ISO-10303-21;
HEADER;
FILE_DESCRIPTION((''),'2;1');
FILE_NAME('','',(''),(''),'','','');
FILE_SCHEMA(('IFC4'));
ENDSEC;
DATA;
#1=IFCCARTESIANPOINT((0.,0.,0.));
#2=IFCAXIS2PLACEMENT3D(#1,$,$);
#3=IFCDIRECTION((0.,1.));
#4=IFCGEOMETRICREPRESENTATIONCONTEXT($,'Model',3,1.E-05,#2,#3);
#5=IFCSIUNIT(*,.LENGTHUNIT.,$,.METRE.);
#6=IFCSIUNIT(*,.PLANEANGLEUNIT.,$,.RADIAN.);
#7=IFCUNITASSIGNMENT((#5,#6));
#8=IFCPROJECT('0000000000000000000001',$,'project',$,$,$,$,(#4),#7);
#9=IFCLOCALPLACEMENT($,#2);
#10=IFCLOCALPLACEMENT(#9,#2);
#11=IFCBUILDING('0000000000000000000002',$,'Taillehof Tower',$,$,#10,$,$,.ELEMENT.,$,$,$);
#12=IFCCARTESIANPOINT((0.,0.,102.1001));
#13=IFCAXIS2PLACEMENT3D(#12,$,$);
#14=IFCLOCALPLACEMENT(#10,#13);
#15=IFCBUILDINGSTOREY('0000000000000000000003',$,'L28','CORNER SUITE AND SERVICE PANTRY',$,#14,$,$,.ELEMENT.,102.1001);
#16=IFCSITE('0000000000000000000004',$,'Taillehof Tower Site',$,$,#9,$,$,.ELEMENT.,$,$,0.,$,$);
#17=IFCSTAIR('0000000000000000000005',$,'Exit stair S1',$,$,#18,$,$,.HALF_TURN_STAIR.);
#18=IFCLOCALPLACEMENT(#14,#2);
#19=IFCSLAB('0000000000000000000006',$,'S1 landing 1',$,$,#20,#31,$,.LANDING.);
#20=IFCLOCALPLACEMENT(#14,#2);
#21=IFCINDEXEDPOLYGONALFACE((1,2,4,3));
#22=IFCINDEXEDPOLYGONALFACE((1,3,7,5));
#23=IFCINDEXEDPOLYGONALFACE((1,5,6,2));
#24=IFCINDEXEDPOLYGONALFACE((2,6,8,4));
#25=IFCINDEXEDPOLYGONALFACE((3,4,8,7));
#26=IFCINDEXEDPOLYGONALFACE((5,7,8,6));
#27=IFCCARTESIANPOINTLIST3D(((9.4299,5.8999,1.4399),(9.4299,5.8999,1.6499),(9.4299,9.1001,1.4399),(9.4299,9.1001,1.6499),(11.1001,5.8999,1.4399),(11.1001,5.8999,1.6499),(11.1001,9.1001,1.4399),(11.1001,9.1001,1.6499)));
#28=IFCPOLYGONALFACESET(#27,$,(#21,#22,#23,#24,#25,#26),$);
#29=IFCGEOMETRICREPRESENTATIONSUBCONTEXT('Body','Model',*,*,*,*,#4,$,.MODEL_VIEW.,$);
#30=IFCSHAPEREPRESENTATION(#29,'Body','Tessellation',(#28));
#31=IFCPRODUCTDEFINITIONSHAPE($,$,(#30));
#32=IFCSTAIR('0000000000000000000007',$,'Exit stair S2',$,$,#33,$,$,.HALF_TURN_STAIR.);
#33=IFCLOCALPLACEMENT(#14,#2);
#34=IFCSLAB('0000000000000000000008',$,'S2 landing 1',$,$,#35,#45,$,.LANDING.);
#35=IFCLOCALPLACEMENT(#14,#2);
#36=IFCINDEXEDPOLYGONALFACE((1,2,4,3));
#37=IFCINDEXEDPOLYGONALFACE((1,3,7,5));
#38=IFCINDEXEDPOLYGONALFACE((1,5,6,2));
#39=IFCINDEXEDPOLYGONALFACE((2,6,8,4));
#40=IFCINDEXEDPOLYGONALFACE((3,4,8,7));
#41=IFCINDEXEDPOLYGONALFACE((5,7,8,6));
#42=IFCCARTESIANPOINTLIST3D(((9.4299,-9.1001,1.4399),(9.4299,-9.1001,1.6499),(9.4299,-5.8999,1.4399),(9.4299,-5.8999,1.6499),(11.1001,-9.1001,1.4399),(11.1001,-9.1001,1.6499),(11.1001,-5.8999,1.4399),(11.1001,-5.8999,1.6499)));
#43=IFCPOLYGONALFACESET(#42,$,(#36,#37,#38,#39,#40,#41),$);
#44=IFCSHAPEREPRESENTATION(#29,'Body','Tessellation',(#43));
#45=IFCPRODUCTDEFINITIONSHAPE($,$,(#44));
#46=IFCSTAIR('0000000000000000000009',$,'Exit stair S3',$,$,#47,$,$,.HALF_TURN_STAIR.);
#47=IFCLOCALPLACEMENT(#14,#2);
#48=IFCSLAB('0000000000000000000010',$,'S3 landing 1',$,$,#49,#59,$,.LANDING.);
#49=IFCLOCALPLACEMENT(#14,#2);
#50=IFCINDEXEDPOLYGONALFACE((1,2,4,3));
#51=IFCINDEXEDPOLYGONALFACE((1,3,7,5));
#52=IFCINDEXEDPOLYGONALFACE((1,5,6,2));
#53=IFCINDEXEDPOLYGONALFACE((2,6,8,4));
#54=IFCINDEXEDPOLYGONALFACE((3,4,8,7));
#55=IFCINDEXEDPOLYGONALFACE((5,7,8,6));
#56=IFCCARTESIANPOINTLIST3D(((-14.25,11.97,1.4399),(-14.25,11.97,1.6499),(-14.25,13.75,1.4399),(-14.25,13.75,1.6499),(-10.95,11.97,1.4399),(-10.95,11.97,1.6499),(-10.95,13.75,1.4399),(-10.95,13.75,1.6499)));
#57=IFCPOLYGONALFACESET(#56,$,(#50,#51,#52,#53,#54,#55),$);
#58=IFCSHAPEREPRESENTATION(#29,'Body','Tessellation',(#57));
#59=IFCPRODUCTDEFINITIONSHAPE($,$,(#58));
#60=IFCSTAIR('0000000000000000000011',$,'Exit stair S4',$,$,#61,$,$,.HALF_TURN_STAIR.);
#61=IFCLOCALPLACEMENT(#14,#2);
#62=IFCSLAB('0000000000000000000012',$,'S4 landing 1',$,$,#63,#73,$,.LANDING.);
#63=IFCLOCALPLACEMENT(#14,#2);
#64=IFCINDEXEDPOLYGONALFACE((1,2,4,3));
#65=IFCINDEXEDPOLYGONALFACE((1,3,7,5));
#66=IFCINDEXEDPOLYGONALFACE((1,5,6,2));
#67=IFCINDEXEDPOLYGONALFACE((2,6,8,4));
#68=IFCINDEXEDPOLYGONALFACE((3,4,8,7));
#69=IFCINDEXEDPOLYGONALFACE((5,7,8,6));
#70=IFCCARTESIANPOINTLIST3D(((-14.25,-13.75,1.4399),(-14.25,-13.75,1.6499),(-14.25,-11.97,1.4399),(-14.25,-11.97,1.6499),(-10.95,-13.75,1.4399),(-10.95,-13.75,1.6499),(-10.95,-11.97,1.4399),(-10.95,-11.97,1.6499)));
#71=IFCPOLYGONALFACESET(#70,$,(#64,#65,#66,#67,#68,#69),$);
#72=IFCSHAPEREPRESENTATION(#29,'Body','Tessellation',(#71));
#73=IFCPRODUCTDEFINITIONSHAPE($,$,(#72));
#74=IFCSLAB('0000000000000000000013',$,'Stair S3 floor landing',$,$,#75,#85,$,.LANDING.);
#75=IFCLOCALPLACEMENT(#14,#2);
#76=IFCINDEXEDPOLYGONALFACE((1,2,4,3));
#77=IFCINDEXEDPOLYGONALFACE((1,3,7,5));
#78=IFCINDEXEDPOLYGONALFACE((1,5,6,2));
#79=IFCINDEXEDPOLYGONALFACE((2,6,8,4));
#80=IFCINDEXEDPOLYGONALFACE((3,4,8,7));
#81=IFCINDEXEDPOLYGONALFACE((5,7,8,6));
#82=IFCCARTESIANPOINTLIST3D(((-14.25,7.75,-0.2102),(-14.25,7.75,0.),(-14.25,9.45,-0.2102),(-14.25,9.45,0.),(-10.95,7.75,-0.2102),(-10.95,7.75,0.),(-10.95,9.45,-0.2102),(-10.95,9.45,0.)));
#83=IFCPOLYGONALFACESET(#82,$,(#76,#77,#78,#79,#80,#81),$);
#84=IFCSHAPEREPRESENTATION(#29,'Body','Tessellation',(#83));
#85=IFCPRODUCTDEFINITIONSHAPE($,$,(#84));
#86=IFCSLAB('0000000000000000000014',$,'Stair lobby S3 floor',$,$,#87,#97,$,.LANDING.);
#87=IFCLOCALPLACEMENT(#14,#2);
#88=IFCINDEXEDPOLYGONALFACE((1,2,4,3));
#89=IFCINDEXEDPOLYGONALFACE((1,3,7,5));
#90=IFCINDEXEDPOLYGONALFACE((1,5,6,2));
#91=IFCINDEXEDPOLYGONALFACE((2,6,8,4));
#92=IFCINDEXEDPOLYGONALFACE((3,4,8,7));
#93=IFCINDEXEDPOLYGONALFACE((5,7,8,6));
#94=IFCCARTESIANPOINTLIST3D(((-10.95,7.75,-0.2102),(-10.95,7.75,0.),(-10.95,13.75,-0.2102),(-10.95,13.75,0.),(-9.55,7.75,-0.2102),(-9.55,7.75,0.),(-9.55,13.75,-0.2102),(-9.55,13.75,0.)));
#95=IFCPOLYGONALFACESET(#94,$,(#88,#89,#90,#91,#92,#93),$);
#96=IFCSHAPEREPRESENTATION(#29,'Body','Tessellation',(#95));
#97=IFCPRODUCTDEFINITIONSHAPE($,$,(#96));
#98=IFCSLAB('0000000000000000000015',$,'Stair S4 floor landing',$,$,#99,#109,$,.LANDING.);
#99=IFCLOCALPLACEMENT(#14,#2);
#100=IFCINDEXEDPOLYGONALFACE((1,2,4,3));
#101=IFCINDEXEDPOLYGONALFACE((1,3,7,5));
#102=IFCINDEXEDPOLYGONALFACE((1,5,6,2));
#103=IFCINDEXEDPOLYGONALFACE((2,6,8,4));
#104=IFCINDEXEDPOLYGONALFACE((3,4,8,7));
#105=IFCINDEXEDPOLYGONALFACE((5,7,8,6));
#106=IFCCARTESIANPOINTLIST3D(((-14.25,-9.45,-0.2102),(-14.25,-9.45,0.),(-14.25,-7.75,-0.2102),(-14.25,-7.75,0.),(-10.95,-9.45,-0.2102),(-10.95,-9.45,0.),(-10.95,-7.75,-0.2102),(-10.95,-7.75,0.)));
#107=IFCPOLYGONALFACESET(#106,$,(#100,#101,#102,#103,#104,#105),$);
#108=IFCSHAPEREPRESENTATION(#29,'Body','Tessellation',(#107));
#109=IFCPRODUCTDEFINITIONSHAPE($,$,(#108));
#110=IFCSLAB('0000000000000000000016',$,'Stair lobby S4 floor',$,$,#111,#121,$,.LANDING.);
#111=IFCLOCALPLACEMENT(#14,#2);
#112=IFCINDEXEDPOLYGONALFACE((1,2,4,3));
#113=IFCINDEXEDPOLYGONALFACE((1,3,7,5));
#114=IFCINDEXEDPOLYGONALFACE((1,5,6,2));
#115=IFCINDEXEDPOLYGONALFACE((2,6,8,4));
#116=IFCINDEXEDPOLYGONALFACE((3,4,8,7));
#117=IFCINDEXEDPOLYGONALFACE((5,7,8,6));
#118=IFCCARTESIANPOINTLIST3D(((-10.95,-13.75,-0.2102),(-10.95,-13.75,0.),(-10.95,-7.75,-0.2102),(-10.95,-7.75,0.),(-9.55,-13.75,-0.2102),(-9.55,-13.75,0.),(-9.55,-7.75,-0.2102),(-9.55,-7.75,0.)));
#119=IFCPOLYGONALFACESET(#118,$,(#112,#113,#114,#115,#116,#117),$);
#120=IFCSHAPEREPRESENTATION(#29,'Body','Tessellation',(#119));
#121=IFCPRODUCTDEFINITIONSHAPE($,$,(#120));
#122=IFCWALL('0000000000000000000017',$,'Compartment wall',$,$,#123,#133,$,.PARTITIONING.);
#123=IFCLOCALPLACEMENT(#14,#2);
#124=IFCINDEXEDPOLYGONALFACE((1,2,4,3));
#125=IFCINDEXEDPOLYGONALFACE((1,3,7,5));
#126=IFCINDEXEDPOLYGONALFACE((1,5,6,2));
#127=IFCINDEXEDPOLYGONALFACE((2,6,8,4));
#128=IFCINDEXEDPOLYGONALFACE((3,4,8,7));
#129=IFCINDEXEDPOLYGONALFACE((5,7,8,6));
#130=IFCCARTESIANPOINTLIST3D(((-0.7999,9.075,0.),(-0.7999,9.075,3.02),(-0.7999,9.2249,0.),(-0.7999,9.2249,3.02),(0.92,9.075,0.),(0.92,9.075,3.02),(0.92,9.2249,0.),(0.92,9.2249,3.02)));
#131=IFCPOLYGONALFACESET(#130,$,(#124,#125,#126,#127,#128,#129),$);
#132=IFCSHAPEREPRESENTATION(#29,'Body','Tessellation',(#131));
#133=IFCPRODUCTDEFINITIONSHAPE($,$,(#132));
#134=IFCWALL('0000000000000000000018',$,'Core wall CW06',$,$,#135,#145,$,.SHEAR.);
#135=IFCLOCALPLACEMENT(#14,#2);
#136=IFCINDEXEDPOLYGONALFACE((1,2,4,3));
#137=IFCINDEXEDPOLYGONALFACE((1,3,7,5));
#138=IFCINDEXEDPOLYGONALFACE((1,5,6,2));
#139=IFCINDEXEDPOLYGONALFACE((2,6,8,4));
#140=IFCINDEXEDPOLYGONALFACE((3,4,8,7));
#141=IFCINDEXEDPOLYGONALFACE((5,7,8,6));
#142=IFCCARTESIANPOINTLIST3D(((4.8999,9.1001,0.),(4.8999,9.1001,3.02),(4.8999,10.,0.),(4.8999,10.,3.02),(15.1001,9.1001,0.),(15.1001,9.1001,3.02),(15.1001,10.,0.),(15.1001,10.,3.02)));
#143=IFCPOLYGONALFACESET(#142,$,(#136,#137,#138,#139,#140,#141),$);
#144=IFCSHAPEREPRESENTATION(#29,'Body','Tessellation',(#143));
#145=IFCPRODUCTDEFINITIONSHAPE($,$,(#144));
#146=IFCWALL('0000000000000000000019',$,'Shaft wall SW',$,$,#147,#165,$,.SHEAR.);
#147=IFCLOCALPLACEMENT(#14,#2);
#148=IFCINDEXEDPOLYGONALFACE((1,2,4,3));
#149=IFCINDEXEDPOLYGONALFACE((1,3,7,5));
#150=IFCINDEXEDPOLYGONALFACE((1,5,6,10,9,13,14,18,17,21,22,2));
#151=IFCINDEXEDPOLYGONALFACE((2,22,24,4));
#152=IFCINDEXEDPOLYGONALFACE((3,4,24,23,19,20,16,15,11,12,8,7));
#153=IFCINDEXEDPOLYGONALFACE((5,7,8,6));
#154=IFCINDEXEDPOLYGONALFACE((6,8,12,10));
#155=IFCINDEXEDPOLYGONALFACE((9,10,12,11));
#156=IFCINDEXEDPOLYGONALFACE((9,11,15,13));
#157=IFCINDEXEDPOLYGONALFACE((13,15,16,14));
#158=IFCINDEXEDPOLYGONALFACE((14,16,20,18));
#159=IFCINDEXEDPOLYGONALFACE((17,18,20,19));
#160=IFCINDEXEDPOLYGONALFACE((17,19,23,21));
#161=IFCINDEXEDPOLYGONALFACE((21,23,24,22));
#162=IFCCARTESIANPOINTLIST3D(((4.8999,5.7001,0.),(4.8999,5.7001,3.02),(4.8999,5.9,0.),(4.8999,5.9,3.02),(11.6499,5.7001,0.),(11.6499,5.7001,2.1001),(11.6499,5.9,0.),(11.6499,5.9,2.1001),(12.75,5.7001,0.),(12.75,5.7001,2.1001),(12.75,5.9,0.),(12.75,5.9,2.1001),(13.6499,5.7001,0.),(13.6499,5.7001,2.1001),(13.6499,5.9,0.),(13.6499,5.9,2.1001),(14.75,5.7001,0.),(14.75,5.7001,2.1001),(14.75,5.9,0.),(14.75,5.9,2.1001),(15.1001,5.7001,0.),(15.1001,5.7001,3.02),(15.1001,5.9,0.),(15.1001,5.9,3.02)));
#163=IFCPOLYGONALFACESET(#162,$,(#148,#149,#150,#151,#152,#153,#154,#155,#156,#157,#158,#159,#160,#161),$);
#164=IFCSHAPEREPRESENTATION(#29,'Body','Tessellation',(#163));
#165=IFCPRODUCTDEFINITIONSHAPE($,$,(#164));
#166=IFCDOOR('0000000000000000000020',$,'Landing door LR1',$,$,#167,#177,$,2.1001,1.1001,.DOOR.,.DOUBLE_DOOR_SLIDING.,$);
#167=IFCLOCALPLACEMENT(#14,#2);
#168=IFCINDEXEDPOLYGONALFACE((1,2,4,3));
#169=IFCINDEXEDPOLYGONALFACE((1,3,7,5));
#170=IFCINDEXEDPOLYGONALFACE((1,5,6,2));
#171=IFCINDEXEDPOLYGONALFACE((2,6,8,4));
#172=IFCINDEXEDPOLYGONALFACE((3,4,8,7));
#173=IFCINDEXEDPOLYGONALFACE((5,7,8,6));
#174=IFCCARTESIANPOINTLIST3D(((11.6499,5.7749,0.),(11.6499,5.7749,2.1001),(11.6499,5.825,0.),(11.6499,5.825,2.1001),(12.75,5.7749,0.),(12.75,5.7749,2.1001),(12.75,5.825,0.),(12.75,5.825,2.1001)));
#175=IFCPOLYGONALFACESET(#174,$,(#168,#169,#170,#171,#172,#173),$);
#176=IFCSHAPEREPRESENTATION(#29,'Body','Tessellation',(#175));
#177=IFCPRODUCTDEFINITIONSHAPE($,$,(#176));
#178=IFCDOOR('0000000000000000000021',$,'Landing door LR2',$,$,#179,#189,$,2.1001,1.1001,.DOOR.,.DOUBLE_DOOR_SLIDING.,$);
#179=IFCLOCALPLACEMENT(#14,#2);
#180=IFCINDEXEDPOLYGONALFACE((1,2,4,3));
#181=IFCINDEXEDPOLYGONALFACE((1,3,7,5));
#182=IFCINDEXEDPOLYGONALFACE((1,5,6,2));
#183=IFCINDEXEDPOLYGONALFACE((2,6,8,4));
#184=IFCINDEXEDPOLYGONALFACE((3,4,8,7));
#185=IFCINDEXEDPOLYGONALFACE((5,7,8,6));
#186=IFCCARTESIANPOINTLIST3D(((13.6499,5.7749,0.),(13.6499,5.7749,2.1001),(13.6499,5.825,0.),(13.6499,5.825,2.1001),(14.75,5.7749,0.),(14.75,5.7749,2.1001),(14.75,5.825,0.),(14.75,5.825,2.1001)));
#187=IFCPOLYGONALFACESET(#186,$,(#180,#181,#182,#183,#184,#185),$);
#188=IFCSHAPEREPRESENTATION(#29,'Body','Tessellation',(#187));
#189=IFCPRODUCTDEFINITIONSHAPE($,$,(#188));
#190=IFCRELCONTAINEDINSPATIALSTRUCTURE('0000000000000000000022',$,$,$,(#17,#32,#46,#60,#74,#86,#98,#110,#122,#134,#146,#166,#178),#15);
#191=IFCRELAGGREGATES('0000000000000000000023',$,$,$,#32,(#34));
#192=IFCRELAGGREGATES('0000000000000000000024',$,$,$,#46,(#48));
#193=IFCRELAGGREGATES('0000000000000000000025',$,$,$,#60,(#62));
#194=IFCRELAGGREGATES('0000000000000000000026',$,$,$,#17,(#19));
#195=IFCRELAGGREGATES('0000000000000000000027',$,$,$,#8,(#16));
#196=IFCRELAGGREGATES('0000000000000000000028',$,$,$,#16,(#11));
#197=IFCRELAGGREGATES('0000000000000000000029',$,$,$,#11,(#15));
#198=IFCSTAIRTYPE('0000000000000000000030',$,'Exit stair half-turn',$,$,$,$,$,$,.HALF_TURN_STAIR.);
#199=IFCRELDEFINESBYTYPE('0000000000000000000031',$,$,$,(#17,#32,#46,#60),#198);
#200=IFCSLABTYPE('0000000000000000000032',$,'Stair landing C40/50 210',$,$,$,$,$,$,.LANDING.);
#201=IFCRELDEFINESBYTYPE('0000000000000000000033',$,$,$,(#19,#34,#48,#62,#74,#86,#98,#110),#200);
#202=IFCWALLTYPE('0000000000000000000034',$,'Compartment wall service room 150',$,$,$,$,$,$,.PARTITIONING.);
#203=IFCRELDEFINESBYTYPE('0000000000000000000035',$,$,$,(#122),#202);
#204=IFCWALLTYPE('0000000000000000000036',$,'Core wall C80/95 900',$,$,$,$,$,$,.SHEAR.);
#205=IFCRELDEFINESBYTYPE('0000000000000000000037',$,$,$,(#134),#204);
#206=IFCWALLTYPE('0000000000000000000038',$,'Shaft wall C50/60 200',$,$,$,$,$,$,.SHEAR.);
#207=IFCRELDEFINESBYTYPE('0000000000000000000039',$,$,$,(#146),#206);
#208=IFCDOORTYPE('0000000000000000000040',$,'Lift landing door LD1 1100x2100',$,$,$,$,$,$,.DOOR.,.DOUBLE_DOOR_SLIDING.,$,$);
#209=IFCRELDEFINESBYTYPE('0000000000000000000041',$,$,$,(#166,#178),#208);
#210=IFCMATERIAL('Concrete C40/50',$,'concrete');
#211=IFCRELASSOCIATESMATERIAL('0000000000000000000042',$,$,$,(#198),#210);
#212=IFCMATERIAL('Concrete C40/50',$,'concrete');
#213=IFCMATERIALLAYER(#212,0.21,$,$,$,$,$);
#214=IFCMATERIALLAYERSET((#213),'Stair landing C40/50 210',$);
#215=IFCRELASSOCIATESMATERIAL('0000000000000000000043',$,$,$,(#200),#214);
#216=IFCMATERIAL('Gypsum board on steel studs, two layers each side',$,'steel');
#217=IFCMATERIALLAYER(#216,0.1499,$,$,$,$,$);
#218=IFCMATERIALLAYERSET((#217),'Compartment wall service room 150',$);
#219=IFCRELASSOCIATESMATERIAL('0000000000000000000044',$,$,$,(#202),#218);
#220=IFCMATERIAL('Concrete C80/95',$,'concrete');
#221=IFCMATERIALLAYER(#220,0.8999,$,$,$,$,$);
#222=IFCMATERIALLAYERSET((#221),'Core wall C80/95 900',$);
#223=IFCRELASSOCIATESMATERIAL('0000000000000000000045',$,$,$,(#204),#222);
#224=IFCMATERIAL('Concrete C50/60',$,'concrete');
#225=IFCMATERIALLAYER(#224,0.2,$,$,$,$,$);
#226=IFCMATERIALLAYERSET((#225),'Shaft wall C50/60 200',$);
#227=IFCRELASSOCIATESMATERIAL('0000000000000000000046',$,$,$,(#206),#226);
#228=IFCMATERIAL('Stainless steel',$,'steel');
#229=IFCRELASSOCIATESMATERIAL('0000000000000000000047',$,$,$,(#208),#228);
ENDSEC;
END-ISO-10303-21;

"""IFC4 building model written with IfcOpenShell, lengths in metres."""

from ifc_helpers import new_model, si_unit, direction, frame, frame_2d, origin, place, context, subcontext, project, spatial, polyline, rectangle, outline, extrude, material, layer, layer_set, type_object, element, fill, aggregate, save


model = new_model("IFC4")

# Units and contexts
model_context = context("Model", 3, precision=1e-05, world=origin(), true_north=direction((0.0, 1.0)))
body_context = subcontext(model_context, "Body", "Model", "MODEL_VIEW")
ifc_project = project(units=[si_unit("LENGTHUNIT", "METRE"), si_unit("PLANEANGLEUNIT", "RADIAN")], contexts=[model_context])

# Site, building, storey
site_placement = place(None, origin())
site = spatial("IfcSite", under=ifc_project, at=site_placement, Name="Taillehof Tower Site", CompositionType="ELEMENT", RefElevation=0.0)
building_placement = place(site_placement, origin())
building = spatial("IfcBuilding", under=site, at=building_placement, Name="Taillehof Tower", CompositionType="ELEMENT")
storey_placement = place(building_placement, frame((0.0, 0.0, 102.1001)))
storey = spatial("IfcBuildingStorey", under=building, at=storey_placement, Name="L28", Description="CORNER SUITE AND SERVICE PANTRY", CompositionType="ELEMENT", Elevation=102.1001)

# Stairs, slabs
ifc_material_1 = material(Name="Concrete C40/50", Category="concrete")
stair_type = type_object("IfcStairType", Name="Exit stair half-turn", PredefinedType="HALF_TURN_STAIR", material=ifc_material_1)
stair_1_placement = place(storey_placement, origin())
stair_1 = element("IfcStair", 1, at=stair_1_placement, inside=storey, type_object=stair_type, Name="Exit stair S1", PredefinedType="HALF_TURN_STAIR")
ifc_material_2 = material(Name="Concrete C40/50", Category="concrete")
ifc_layer_1 = layer(ifc_material_2, 0.21)
ifc_layer_set_1 = layer_set([ifc_layer_1], Name="Stair landing C40/50 210")
slab_type_1 = type_object("IfcSlabType", Name="Stair landing C40/50 210", PredefinedType="LANDING", material=ifc_layer_set_1)
slab_1_placement = place(storey_placement, frame((0.0, 0.0, 1.4399)))
slab_1 = element("IfcSlab", 2, at=slab_1_placement, type_object=slab_type_1, Name="S1 landing 1", PredefinedType="LANDING", context=body_context, shape_type="SweptSolid", body=[
    extrude(outline(polyline([(9.4299, 5.8999), (11.1001, 5.8999), (11.1001, 9.1001), (9.4299, 9.1001), (9.4299, 5.8999)])), origin(), (0.0, 0.0, 1.0), 0.21),
])
stair_2_placement = place(storey_placement, origin())
stair_2 = element("IfcStair", 3, at=stair_2_placement, inside=storey, type_object=stair_type, Name="Exit stair S2", PredefinedType="HALF_TURN_STAIR")
slab_2_placement = place(storey_placement, frame((0.0, 0.0, 1.4399)))
slab_2 = element("IfcSlab", 4, at=slab_2_placement, type_object=slab_type_1, Name="S2 landing 1", PredefinedType="LANDING", context=body_context, shape_type="SweptSolid", body=[
    extrude(outline(polyline([(9.4299, -5.8999), (11.1001, -5.8999), (11.1001, -9.1001), (9.4299, -9.1001), (9.4299, -5.8999)])), origin(), (0.0, 0.0, 1.0), 0.21),
])
aggregate(stair_2, [slab_2])
stair_3_placement = place(storey_placement, origin())
stair_3 = element("IfcStair", 5, at=stair_3_placement, inside=storey, type_object=stair_type, Name="Exit stair S3", PredefinedType="HALF_TURN_STAIR")
slab_3_placement = place(storey_placement, frame((0.0, 0.0, 1.4399)))
slab_3 = element("IfcSlab", 6, at=slab_3_placement, type_object=slab_type_1, Name="S3 landing 1", PredefinedType="LANDING", context=body_context, shape_type="SweptSolid", body=[
    extrude(outline(polyline([(-14.25, 11.97), (-14.25, 13.75), (-10.95, 13.75), (-10.95, 11.97), (-14.25, 11.97)])), origin(), (0.0, 0.0, 1.0), 0.21),
])
aggregate(stair_3, [slab_3])
stair_4_placement = place(storey_placement, origin())
stair_4 = element("IfcStair", 7, at=stair_4_placement, inside=storey, type_object=stair_type, Name="Exit stair S4", PredefinedType="HALF_TURN_STAIR")
slab_4_placement = place(storey_placement, frame((0.0, 0.0, 1.4399)))
slab_4 = element("IfcSlab", 8, at=slab_4_placement, type_object=slab_type_1, Name="S4 landing 1", PredefinedType="LANDING", context=body_context, shape_type="SweptSolid", body=[
    extrude(outline(polyline([(-14.25, -11.97), (-14.25, -13.75), (-10.95, -13.75), (-10.95, -11.97), (-14.25, -11.97)])), origin(), (0.0, 0.0, 1.0), 0.21),
])
aggregate(stair_4, [slab_4])

# Slabs
slab_5_placement = place(storey_placement, frame((0.0, 0.0, -0.2102)))
element("IfcSlab", 9, at=slab_5_placement, inside=storey, type_object=slab_type_1, Name="Stair S3 floor landing", PredefinedType="LANDING", context=body_context, shape_type="SweptSolid", body=[
    extrude(outline(polyline([(-14.25, 7.75), (-14.25, 9.45), (-10.95, 9.45), (-10.95, 7.75), (-14.25, 7.75)])), origin(), (0.0, 0.0, 1.0), 0.2102),
])
slab_6_placement = place(storey_placement, frame((0.0, 0.0, -0.2102)))
element("IfcSlab", 10, at=slab_6_placement, inside=storey, type_object=slab_type_1, Name="Stair lobby S3 floor", PredefinedType="LANDING", context=body_context, shape_type="SweptSolid", body=[
    extrude(outline(polyline([(-10.95, 7.75), (-9.55, 7.75), (-9.55, 13.75), (-10.95, 13.75), (-10.95, 7.75)])), origin(), (0.0, 0.0, 1.0), 0.2102),
])
slab_7_placement = place(storey_placement, frame((0.0, 0.0, -0.2102)))
element("IfcSlab", 11, at=slab_7_placement, inside=storey, type_object=slab_type_1, Name="Stair S4 floor landing", PredefinedType="LANDING", context=body_context, shape_type="SweptSolid", body=[
    extrude(outline(polyline([(-14.25, -7.75), (-14.25, -9.45), (-10.95, -9.45), (-10.95, -7.75), (-14.25, -7.75)])), origin(), (0.0, 0.0, 1.0), 0.2102),
])
slab_8_placement = place(storey_placement, frame((0.0, 0.0, -0.2102)))
element("IfcSlab", 12, at=slab_8_placement, inside=storey, type_object=slab_type_1, Name="Stair lobby S4 floor", PredefinedType="LANDING", context=body_context, shape_type="SweptSolid", body=[
    extrude(outline(polyline([(-10.95, -13.75), (-9.55, -13.75), (-9.55, -7.75), (-10.95, -7.75), (-10.95, -13.75)])), origin(), (0.0, 0.0, 1.0), 0.2102),
])

# Walls
ifc_material_3 = material(Name="Gypsum board on steel studs, two layers each side", Category="steel")
ifc_layer_2 = layer(ifc_material_3, 0.1499)
ifc_layer_set_2 = layer_set([ifc_layer_2], Name="Compartment wall service room 150")
wall_type_1 = type_object("IfcWallType", Name="Compartment wall service room 150", PredefinedType="PARTITIONING", material=ifc_layer_set_2)
wall_1_placement = place(storey_placement, frame((0.9199, 9.1499, 0.0), z_axis=(0.0, 0.0, 1.0), x_axis=(-1.0, 0.0, 0.0)))
element("IfcWall", 13, at=wall_1_placement, inside=storey, type_object=wall_type_1, Name="Compartment wall", PredefinedType="PARTITIONING", context=body_context, shape_type="SweptSolid", body=[
    extrude(rectangle(XDim=1.72, YDim=0.1499, at=frame_2d((0.8599, 0.0))), origin(), (0.0, 0.0, 1.0), 3.02),
])
ifc_material_4 = material(Name="Concrete C80/95", Category="concrete")
ifc_layer_3 = layer(ifc_material_4, 0.8999)
ifc_layer_set_3 = layer_set([ifc_layer_3], Name="Core wall C80/95 900")
wall_type_2 = type_object("IfcWallType", Name="Core wall C80/95 900", PredefinedType="SHEAR", material=ifc_layer_set_3)
wall_2_placement = place(storey_placement, frame((4.8999, 9.55, 0.0), z_axis=(0.0, 0.0, 1.0), x_axis=(1.0, 0.0, 0.0)))
element("IfcWall", 14, at=wall_2_placement, inside=storey, type_object=wall_type_2, Name="Core wall CW06", PredefinedType="SHEAR", context=body_context, shape_type="SweptSolid", body=[
    extrude(rectangle(XDim=10.2002, YDim=0.8999, at=frame_2d((5.1001, 0.0))), origin(), (0.0, 0.0, 1.0), 3.02),
])

# Wall, openings, doors
ifc_material_5 = material(Name="Concrete C50/60", Category="concrete")
ifc_layer_4 = layer(ifc_material_5, 0.2)
ifc_layer_set_4 = layer_set([ifc_layer_4], Name="Shaft wall C50/60 200")
wall_type_3 = type_object("IfcWallType", Name="Shaft wall C50/60 200", PredefinedType="SHEAR", material=ifc_layer_set_4)
wall_3_placement = place(storey_placement, frame((4.8999, 5.8, 0.0), z_axis=(0.0, 0.0, 1.0), x_axis=(1.0, 0.0, 0.0)))
wall_3 = element("IfcWall", 15, at=wall_3_placement, inside=storey, type_object=wall_type_3, Name="Shaft wall SW", PredefinedType="SHEAR", context=body_context, shape_type="SweptSolid", body=[
    extrude(rectangle(XDim=10.2002, YDim=0.2, at=frame_2d((5.1001, 0.0))), origin(), (0.0, 0.0, 1.0), 3.02),
])
opening_1_placement = place(wall_3_placement, frame((6.75, 0.0, 0.0)))
opening_1 = element("IfcOpeningElement", 16, at=opening_1_placement, cuts=wall_3, PredefinedType="OPENING", context=body_context, shape_type="SweptSolid", body=[
    extrude(rectangle(XDim=1.1001, YDim=2.1001, at=frame_2d((0.55, 1.05))), frame((0.0, 0.1099, 0.0), z_axis=(0.0, -1.0, 0.0), x_axis=(1.0, 0.0, 0.0)), (0.0, 0.0, 1.0), 0.22),
])
opening_2_placement = place(wall_3_placement, frame((8.75, 0.0, 0.0)))
opening_2 = element("IfcOpeningElement", 17, at=opening_2_placement, cuts=wall_3, PredefinedType="OPENING", context=body_context, shape_type="SweptSolid", body=[
    extrude(rectangle(XDim=1.1001, YDim=2.1001, at=frame_2d((0.55, 1.05))), frame((0.0, 0.1099, 0.0), z_axis=(0.0, -1.0, 0.0), x_axis=(1.0, 0.0, 0.0)), (0.0, 0.0, 1.0), 0.22),
])
ifc_material_6 = material(Name="Stainless steel", Category="steel")
door_type_1 = type_object("IfcDoorType", Name="Lift landing door LD1 1100x2100", OperationType="DOUBLE_DOOR_SLIDING", PredefinedType="DOOR", material=ifc_material_6)
door_1_placement = place(opening_1_placement, origin())
door_1 = element("IfcDoor", 18, at=door_1_placement, inside=storey, type_object=door_type_1, Name="Landing door LR1", OperationType="DOUBLE_DOOR_SLIDING", OverallHeight=2.1001, OverallWidth=1.1001, PredefinedType="DOOR", context=body_context, shape_type="SweptSolid", body=[
    extrude(rectangle(XDim=1.1001, YDim=2.1001, at=frame_2d((0.55, 1.05))), frame((0.0, 0.0249, 0.0), z_axis=(0.0, -1.0, 0.0), x_axis=(1.0, 0.0, 0.0)), (0.0, 0.0, 1.0), 0.05),
])
fill(opening_1, door_1)
door_2_placement = place(opening_2_placement, origin())
door_2 = element("IfcDoor", 19, at=door_2_placement, inside=storey, type_object=door_type_1, Name="Landing door LR2", OperationType="DOUBLE_DOOR_SLIDING", OverallHeight=2.1001, OverallWidth=1.1001, PredefinedType="DOOR", context=body_context, shape_type="SweptSolid", body=[
    extrude(rectangle(XDim=1.1001, YDim=2.1001, at=frame_2d((0.55, 1.05))), frame((0.0, 0.0249, 0.0), z_axis=(0.0, -1.0, 0.0), x_axis=(1.0, 0.0, 0.0)), (0.0, 0.0, 1.0), 0.05),
])
fill(opening_2, door_2)

aggregate(stair_1, [slab_1])

save(model, "model.ifc")
